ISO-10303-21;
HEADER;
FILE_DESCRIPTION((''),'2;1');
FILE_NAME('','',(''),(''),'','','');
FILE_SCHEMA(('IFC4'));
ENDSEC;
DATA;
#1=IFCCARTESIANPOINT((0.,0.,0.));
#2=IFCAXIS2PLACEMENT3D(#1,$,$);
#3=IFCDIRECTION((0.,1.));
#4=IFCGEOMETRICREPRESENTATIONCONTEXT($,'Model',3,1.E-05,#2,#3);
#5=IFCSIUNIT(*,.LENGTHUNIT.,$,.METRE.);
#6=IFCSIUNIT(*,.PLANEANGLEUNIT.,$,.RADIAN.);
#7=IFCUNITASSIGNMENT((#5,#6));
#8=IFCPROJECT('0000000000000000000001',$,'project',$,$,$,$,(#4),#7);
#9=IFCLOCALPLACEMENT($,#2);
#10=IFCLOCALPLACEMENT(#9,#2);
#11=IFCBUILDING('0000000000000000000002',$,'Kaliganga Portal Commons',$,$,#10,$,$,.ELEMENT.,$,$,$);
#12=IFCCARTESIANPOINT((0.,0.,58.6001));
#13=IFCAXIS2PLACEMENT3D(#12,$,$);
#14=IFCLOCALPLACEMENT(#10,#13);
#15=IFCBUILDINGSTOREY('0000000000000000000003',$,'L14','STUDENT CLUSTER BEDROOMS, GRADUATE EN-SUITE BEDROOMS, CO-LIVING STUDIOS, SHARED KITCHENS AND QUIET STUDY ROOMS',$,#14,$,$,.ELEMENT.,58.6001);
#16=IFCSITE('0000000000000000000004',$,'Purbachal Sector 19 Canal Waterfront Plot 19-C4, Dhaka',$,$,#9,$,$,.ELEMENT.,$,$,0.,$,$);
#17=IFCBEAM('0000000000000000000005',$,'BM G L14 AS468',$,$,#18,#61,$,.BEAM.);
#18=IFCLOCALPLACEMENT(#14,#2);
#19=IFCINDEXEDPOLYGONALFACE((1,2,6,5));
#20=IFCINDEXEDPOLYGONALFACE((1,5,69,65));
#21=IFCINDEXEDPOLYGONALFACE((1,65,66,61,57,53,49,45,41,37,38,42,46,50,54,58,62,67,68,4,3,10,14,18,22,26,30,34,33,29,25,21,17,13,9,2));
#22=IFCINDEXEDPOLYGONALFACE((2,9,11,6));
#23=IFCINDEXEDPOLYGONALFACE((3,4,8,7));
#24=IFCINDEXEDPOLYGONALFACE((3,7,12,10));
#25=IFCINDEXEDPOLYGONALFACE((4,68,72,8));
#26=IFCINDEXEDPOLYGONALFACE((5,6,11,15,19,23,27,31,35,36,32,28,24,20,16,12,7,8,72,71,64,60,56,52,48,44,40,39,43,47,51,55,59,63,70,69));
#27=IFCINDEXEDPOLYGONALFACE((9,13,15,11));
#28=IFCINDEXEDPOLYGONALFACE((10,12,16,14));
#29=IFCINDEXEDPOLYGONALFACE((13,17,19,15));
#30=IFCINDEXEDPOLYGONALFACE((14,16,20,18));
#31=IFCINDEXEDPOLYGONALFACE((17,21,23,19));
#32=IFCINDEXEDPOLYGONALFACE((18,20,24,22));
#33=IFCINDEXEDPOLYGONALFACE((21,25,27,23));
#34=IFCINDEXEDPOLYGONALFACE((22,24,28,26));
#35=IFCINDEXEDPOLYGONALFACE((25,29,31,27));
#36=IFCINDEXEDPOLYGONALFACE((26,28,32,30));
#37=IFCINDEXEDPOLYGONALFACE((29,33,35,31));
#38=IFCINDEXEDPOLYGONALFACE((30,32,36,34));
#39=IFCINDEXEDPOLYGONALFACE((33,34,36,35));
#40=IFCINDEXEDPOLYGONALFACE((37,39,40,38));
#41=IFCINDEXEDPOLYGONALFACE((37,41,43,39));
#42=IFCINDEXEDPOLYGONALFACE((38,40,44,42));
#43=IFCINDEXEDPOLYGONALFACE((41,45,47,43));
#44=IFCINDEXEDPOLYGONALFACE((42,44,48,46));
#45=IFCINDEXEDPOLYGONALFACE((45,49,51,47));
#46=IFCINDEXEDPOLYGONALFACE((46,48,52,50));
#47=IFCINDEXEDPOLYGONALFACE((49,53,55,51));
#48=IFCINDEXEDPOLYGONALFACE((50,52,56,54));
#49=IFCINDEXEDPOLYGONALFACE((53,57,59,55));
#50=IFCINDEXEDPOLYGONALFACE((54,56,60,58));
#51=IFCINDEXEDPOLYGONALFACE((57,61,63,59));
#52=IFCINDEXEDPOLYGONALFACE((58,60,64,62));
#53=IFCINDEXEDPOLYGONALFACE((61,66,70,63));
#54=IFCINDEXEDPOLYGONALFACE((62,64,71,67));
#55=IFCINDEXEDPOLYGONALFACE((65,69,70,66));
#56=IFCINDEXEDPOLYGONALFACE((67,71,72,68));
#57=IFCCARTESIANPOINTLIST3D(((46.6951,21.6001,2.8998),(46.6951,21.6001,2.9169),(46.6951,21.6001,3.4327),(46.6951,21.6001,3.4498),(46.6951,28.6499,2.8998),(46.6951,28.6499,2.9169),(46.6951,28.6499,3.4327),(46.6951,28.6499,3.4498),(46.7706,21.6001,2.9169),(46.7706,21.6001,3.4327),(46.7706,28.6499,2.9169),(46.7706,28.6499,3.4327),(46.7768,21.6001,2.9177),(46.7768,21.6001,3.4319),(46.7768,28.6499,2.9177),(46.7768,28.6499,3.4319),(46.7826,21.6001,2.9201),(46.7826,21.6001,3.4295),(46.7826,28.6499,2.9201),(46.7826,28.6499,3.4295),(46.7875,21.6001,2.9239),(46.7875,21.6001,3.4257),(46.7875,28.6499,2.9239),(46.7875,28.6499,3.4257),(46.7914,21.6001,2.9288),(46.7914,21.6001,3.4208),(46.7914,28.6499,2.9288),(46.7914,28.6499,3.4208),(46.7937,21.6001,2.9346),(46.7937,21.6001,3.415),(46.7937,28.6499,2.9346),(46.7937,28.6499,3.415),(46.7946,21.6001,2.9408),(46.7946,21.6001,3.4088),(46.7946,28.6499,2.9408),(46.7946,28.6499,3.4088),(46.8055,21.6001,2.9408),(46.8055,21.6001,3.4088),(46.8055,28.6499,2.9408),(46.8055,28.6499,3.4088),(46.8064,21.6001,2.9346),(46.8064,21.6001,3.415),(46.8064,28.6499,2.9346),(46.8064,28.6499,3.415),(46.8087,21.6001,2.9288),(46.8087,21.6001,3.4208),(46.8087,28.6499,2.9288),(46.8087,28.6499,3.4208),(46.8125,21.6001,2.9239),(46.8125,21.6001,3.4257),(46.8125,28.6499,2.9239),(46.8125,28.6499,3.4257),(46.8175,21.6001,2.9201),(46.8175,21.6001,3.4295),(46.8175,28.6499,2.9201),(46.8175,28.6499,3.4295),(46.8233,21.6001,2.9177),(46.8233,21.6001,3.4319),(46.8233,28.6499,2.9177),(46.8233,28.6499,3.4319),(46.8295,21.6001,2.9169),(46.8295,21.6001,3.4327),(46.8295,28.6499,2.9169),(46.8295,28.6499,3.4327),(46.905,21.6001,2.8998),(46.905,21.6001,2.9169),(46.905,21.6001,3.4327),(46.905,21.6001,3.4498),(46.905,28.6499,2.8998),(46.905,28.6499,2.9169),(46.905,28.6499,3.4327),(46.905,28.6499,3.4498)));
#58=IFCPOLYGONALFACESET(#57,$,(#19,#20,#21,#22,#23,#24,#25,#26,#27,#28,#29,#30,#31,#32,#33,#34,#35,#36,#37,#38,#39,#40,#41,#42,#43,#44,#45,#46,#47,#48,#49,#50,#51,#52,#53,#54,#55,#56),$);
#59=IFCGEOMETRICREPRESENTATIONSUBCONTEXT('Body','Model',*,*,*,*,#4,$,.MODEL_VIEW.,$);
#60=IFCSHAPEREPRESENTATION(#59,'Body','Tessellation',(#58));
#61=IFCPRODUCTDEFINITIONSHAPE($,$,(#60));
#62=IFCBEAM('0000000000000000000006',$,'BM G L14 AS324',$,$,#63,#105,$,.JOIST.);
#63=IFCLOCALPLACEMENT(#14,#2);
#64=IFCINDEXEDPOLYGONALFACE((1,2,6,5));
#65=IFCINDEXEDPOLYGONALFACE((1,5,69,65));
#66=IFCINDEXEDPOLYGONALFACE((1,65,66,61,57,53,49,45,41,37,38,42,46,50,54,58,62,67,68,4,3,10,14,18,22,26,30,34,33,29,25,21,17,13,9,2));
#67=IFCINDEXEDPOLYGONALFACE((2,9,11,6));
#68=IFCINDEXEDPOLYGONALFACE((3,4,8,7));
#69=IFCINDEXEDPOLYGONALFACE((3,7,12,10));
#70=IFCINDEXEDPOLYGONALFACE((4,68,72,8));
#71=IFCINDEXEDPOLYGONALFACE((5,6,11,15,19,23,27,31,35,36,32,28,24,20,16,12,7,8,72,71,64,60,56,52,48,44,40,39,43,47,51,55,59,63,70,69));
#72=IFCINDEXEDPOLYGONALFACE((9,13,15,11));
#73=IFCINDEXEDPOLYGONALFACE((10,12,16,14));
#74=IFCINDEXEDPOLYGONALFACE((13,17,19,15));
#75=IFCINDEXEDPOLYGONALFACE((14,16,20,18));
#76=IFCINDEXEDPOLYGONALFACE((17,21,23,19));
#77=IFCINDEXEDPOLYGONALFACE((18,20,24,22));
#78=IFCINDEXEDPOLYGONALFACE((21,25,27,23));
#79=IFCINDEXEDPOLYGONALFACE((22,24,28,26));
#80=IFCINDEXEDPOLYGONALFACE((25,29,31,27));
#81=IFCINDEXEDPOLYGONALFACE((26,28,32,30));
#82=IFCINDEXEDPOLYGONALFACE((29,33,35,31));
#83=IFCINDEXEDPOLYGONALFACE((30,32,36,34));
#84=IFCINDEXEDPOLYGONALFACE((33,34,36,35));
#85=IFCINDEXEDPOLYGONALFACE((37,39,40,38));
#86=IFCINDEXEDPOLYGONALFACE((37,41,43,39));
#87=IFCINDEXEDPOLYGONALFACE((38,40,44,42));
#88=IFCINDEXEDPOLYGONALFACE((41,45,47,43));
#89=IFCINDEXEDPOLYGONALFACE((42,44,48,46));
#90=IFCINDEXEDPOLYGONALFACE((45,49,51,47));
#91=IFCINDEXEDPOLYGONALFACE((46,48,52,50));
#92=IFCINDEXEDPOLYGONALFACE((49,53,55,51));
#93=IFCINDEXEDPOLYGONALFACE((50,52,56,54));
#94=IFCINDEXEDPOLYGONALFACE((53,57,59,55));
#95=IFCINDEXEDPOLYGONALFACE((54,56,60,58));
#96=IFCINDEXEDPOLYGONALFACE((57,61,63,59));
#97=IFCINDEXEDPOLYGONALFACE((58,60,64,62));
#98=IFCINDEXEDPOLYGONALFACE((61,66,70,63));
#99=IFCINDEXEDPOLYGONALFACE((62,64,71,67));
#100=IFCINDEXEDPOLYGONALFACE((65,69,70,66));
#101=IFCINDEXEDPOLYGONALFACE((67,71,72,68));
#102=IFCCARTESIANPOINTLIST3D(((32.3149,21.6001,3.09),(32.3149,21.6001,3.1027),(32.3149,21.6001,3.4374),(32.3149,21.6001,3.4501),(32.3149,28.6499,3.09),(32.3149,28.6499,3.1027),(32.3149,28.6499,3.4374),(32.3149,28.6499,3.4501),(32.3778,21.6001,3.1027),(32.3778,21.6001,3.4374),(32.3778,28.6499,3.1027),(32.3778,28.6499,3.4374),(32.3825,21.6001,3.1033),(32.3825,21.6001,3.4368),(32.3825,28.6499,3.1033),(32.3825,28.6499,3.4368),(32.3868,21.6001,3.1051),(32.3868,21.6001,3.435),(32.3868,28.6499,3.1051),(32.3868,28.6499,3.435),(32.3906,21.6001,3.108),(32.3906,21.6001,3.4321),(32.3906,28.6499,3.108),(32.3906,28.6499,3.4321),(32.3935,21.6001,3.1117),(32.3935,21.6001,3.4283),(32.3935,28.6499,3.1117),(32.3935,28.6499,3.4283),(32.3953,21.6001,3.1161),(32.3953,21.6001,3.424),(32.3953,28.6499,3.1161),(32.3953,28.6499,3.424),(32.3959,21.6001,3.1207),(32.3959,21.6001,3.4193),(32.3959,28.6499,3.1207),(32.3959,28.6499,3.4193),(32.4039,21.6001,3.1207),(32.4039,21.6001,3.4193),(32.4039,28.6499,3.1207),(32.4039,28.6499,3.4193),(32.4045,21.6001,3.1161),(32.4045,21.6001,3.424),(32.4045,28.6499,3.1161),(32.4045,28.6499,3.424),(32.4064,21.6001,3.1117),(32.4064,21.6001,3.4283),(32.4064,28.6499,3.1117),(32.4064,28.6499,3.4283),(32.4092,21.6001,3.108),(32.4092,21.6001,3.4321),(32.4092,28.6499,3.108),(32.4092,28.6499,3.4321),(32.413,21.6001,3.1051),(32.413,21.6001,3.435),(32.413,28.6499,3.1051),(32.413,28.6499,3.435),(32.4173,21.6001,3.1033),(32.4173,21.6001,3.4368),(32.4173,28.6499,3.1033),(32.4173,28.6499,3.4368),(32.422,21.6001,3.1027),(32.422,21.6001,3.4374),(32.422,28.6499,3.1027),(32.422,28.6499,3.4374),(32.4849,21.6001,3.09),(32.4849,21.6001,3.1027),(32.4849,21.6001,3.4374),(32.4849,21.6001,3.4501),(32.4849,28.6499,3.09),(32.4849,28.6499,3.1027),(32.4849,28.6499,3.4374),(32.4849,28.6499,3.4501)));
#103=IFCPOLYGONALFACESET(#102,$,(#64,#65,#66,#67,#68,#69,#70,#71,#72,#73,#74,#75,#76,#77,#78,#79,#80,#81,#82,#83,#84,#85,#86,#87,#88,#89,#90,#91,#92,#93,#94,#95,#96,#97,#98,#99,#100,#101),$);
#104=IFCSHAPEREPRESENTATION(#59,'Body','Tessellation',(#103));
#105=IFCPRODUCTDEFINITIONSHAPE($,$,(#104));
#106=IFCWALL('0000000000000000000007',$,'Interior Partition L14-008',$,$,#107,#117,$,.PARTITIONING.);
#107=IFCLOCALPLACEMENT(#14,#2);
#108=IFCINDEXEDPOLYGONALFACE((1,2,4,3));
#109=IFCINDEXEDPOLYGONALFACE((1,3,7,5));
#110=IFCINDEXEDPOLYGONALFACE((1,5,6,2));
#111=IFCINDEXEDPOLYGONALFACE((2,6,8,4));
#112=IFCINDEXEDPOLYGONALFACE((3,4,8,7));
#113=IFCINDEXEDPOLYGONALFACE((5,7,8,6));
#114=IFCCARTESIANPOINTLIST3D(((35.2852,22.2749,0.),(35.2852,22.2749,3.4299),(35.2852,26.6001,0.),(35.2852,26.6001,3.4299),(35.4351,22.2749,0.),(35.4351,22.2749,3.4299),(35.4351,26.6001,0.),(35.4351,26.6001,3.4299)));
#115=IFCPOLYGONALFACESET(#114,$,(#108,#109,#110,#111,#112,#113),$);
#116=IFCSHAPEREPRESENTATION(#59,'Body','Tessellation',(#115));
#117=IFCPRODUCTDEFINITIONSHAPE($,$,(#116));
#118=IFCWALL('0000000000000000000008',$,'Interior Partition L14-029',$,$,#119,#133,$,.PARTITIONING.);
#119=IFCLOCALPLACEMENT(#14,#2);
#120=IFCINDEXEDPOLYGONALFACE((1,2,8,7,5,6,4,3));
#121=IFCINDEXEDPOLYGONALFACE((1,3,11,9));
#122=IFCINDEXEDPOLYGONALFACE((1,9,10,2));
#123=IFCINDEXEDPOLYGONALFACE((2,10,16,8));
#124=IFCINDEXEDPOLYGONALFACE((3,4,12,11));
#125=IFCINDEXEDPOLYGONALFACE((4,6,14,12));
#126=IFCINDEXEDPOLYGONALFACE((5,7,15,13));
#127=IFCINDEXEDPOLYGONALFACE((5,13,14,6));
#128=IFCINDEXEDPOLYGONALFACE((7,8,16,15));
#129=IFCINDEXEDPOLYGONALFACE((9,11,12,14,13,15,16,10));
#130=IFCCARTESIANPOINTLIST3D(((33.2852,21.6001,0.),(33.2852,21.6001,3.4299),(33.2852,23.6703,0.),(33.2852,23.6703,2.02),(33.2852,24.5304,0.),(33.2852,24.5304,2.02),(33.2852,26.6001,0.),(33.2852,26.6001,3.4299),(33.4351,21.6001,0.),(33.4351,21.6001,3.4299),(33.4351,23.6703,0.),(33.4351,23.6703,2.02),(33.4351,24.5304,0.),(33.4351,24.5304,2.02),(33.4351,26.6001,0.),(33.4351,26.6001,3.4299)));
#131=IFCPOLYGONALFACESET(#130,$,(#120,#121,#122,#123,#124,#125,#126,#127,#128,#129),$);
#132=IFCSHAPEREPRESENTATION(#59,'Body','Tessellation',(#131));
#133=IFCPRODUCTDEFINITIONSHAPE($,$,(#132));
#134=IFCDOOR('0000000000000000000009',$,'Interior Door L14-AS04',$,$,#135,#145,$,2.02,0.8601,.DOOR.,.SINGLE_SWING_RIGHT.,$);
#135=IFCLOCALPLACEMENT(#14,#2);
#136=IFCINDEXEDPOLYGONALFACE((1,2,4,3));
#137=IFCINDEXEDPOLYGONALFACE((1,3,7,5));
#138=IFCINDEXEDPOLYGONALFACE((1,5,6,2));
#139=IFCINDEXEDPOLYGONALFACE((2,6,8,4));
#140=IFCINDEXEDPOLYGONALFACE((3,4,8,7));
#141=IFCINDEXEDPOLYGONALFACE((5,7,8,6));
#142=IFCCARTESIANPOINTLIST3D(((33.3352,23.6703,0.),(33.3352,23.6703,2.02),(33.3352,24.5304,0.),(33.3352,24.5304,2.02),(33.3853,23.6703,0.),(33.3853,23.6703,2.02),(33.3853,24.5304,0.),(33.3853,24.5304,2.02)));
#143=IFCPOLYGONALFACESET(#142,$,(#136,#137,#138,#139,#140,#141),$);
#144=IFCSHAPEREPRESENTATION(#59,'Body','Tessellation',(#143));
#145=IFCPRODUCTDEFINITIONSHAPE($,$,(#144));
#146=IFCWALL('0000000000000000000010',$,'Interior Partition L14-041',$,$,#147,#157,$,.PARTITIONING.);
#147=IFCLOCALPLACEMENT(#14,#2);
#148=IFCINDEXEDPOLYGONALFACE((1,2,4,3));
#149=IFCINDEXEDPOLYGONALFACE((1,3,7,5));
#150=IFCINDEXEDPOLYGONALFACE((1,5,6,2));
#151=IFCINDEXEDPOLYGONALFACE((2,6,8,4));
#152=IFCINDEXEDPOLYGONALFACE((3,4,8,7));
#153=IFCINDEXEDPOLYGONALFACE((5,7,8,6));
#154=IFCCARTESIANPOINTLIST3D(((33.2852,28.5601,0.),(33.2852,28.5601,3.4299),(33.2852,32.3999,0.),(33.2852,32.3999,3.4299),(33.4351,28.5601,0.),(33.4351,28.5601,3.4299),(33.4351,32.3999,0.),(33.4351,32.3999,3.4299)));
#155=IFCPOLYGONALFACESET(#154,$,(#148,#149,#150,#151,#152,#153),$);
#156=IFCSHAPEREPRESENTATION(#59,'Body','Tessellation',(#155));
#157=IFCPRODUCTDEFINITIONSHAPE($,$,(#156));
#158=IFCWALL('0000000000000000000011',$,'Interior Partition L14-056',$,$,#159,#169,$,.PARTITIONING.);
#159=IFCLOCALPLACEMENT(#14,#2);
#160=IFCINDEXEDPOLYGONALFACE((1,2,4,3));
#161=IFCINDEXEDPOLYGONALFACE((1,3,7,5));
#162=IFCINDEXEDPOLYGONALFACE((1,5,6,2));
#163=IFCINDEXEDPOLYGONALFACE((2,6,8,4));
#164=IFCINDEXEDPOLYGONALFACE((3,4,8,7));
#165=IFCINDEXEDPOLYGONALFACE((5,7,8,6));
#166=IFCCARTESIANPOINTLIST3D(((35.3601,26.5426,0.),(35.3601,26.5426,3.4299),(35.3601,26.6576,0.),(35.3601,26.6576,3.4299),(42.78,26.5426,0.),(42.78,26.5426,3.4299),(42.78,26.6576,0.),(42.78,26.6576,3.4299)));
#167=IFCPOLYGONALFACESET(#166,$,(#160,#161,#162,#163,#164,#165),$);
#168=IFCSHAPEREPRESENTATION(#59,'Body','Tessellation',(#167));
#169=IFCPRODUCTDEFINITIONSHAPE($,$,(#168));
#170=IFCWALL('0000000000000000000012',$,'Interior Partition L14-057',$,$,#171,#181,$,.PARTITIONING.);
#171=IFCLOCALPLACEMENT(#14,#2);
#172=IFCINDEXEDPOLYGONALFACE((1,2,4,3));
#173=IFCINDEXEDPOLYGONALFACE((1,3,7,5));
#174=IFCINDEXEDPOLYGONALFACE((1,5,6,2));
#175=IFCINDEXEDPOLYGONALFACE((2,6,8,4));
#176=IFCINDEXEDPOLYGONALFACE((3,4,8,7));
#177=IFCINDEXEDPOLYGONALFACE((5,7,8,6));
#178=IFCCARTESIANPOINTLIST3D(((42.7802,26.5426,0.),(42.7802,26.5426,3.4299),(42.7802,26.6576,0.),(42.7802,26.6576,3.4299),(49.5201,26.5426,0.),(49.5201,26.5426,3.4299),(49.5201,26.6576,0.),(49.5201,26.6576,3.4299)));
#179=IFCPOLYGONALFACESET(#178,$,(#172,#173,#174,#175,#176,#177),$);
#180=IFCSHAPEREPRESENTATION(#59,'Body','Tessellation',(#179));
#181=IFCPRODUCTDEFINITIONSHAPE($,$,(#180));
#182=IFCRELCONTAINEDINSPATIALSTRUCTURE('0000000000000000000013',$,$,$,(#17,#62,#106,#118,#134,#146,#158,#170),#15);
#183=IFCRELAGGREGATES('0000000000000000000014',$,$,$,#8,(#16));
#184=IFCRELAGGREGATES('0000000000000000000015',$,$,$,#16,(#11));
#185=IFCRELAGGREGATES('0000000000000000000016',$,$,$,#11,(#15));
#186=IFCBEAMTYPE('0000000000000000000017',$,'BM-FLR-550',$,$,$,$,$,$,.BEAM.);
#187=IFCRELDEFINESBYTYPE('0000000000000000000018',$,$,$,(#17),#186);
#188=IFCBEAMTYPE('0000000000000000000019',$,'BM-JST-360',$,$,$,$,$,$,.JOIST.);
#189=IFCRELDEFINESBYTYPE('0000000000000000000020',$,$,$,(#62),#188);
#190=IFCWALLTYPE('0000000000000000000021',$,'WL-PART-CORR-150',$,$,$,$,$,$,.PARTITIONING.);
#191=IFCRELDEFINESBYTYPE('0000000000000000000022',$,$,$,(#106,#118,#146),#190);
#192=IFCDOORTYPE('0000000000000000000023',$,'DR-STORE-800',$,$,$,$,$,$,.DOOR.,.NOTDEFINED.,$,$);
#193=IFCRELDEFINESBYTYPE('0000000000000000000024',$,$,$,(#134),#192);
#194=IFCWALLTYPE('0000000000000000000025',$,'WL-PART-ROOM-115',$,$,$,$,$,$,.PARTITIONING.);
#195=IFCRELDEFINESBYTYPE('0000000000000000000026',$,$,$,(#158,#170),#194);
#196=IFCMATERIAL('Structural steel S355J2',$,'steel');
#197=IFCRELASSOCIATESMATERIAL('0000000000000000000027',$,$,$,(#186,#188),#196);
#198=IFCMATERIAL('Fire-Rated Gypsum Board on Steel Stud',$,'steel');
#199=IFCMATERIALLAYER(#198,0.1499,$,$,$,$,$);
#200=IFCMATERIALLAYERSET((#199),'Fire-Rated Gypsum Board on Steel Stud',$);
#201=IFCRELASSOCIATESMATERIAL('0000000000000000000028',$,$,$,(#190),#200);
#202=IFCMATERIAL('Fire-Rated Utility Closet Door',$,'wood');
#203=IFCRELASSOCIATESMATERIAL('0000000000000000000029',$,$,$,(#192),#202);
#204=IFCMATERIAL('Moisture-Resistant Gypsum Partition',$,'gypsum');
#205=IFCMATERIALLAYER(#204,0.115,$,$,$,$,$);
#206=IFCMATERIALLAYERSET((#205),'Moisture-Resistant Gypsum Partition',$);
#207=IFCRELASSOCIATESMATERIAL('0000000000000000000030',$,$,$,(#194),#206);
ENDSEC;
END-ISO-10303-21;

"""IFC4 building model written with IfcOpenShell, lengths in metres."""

from ifc_helpers import new_model, si_unit, direction, frame, frame_2d, origin, origin_2d, place, context, subcontext, project, spatial, rectangle, i_section, extrude, source, transform, mapped, material, layer, layer_set, material_profile, profile_set, type_object, element, fill, save


model = new_model("IFC4")

# Units and contexts
model_context = context("Model", 3, precision=1e-05, world=origin(), true_north=direction((0.0, 1.0)))
body_context = subcontext(model_context, "Body", "Model", "MODEL_VIEW")
ifc_project = project(units=[si_unit("LENGTHUNIT", "METRE"), si_unit("PLANEANGLEUNIT", "RADIAN")], contexts=[model_context])

# Site, building, storey
site_placement = place(None, origin())
site = spatial("IfcSite", under=ifc_project, at=site_placement, Name="Purbachal Sector 19 Canal Waterfront Plot 19-C4, Dhaka", CompositionType="ELEMENT", RefElevation=0.0)
building_placement = place(site_placement, origin())
building = spatial("IfcBuilding", under=site, at=building_placement, Name="Kaliganga Portal Commons", CompositionType="ELEMENT")
storey_placement = place(building_placement, frame((0.0, 0.0, 58.6001)))
storey = spatial("IfcBuildingStorey", under=building, at=storey_placement, Name="L14", Description="STUDENT CLUSTER BEDROOMS, GRADUATE EN-SUITE BEDROOMS, CO-LIVING STUDIOS, SHARED KITCHENS AND QUIET STUDY ROOMS", CompositionType="ELEMENT", Elevation=58.6001)

# Beams
ifc_material_1 = material(Name="Structural steel S355J2", Category="steel")
ifc_material_profile_1 = material_profile(ifc_material_1, i_section(OverallWidth=0.21, OverallDepth=0.55, WebThickness=0.011, FlangeThickness=0.0171, FilletRadius=0.0239, at=origin_2d()), Name="IPE 550")
ifc_profile_set_1 = profile_set([ifc_material_profile_1], Name="Structural steel S355J2 wide-flange")
beam_type_1 = type_object("IfcBeamType", Name="BM-FLR-550", PredefinedType="BEAM", material=ifc_profile_set_1)
shared_shape_1 = source(origin(), body_context, "Body", "SweptSolid", [
    extrude(i_section(OverallWidth=0.21, OverallDepth=0.55, WebThickness=0.011, FlangeThickness=0.0171, FilletRadius=0.0239, at=origin_2d()), origin(), (0.0, 0.0, 1.0), 7.0498),
])
for number, where, z_axis, x_axis, name in (
    (1, (46.8, 21.6001, 3.1748), (0.0, 1.0, 0.0), (-1.0, 0.0, 0.0), "BM G L14 AS468"),
):
    element("IfcBeam", number, at=place(storey_placement, frame(where, z_axis=z_axis, x_axis=x_axis)), inside=storey, type_object=beam_type_1, Name=name, PredefinedType="BEAM", context=body_context, shape_type="MappedRepresentation", body=[
        mapped(shared_shape_1, transform((0.0, 0.0, 0.0), x_axis=(1.0, 0.0, 0.0), y_axis=(0.0, 1.0, 0.0), z_axis=(0.0, 0.0, 1.0), scale=1.0)),
    ])
ifc_material_profile_2 = material_profile(ifc_material_1, i_section(OverallWidth=0.1699, OverallDepth=0.3601, WebThickness=0.0081, FlangeThickness=0.0127, FilletRadius=0.0181, at=origin_2d()), Name="IPE 360")
ifc_profile_set_2 = profile_set([ifc_material_profile_2], Name="Structural steel S355J2 wide-flange")
beam_type_2 = type_object("IfcBeamType", Name="BM-JST-360", PredefinedType="JOIST", material=ifc_profile_set_2)
shared_shape_2 = source(origin(), body_context, "Body", "SweptSolid", [
    extrude(i_section(OverallWidth=0.1699, OverallDepth=0.3601, WebThickness=0.0081, FlangeThickness=0.0127, FilletRadius=0.0181, at=origin_2d()), origin(), (0.0, 0.0, 1.0), 7.0498),
])
beam_1_placement = place(storey_placement, frame((32.3999, 21.6001, 3.27), z_axis=(0.0, 1.0, 0.0), x_axis=(-1.0, 0.0, 0.0)))
element("IfcBeam", 2, at=beam_1_placement, inside=storey, type_object=beam_type_2, Name="BM G L14 AS324", PredefinedType="JOIST", context=body_context, shape_type="MappedRepresentation", body=[
    mapped(shared_shape_2, transform((0.0, 0.0, 0.0), x_axis=(1.0, 0.0, 0.0), y_axis=(0.0, 1.0, 0.0), z_axis=(0.0, 0.0, 1.0), scale=1.0)),
])

# Wall
ifc_material_2 = material(Name="Fire-Rated Gypsum Board on Steel Stud", Category="steel")
ifc_layer_1 = layer(ifc_material_2, 0.1499)
ifc_layer_set_1 = layer_set([ifc_layer_1], Name="Fire-Rated Gypsum Board on Steel Stud")
wall_type_1 = type_object("IfcWallType", Name="WL-PART-CORR-150", PredefinedType="PARTITIONING", material=ifc_layer_set_1)
wall_1_placement = place(storey_placement, frame((35.3601, 22.2749, 0.0), z_axis=(0.0, 0.0, 1.0), x_axis=(0.0, 1.0, 0.0)))
element("IfcWall", 3, at=wall_1_placement, inside=storey, type_object=wall_type_1, Name="Interior Partition L14-008", PredefinedType="PARTITIONING", context=body_context, shape_type="SweptSolid", body=[
    extrude(rectangle(XDim=4.3252, YDim=0.1499, at=frame_2d((2.1626, 0.0))), origin(), (0.0, 0.0, 1.0), 3.4299),
])

# Wall, opening, door
wall_2_placement = place(storey_placement, frame((33.3601, 21.6001, 0.0), z_axis=(0.0, 0.0, 1.0), x_axis=(0.0, 1.0, 0.0)))
wall_2 = element("IfcWall", 4, at=wall_2_placement, inside=storey, type_object=wall_type_1, Name="Interior Partition L14-029", PredefinedType="PARTITIONING", context=body_context, shape_type="SweptSolid", body=[
    extrude(rectangle(XDim=5.0, YDim=0.1499, at=frame_2d((2.5, 0.0))), origin(), (0.0, 0.0, 1.0), 3.4299),
])
opening_placement = place(wall_2_placement, frame((2.0701, 0.0, 0.0)))
opening = element("IfcOpeningElement", 5, at=opening_placement, cuts=wall_2, PredefinedType="OPENING", context=body_context, shape_type="SweptSolid", body=[
    extrude(rectangle(XDim=0.8601, YDim=2.02, at=frame_2d((0.4302, 1.01))), frame((0.0, 0.085, 0.0), z_axis=(0.0, -1.0, 0.0), x_axis=(1.0, 0.0, 0.0)), (0.0, 0.0, 1.0), 0.1699),
])
ifc_material_3 = material(Name="Fire-Rated Utility Closet Door", Category="wood")
door_type = type_object("IfcDoorType", Name="DR-STORE-800", OperationType="NOTDEFINED", PredefinedType="DOOR", material=ifc_material_3)
door_placement = place(opening_placement, origin())
door = element("IfcDoor", 6, at=door_placement, inside=storey, type_object=door_type, Name="Interior Door L14-AS04", OperationType="SINGLE_SWING_RIGHT", OverallHeight=2.02, OverallWidth=0.8601, PredefinedType="DOOR", context=body_context, shape_type="SweptSolid", body=[
    extrude(rectangle(XDim=0.8601, YDim=2.02, at=frame_2d((0.4302, 1.01))), frame((0.0, 0.0249, 0.0), z_axis=(0.0, -1.0, 0.0), x_axis=(1.0, 0.0, 0.0)), (0.0, 0.0, 1.0), 0.05),
])
fill(opening, door)

# Walls
wall_3_placement = place(storey_placement, frame((33.3601, 28.5601, 0.0), z_axis=(0.0, 0.0, 1.0), x_axis=(0.0, 1.0, 0.0)))
element("IfcWall", 7, at=wall_3_placement, inside=storey, type_object=wall_type_1, Name="Interior Partition L14-041", PredefinedType="PARTITIONING", context=body_context, shape_type="SweptSolid", body=[
    extrude(rectangle(XDim=3.8398, YDim=0.1499, at=frame_2d((1.9199, 0.0))), origin(), (0.0, 0.0, 1.0), 3.4299),
])
ifc_material_4 = material(Name="Moisture-Resistant Gypsum Partition", Category="gypsum")
ifc_layer_2 = layer(ifc_material_4, 0.115)
ifc_layer_set_2 = layer_set([ifc_layer_2], Name="Moisture-Resistant Gypsum Partition")
wall_type_2 = type_object("IfcWallType", Name="WL-PART-ROOM-115", PredefinedType="PARTITIONING", material=ifc_layer_set_2)
wall_4_placement = place(storey_placement, frame((35.3601, 26.6001, 0.0), z_axis=(0.0, 0.0, 1.0), x_axis=(1.0, 0.0, 0.0)))
element("IfcWall", 8, at=wall_4_placement, inside=storey, type_object=wall_type_2, Name="Interior Partition L14-056", PredefinedType="PARTITIONING", context=body_context, shape_type="SweptSolid", body=[
    extrude(rectangle(XDim=7.4199, YDim=0.115, at=frame_2d((3.71, 0.0))), origin(), (0.0, 0.0, 1.0), 3.4299),
])
wall_5_placement = place(storey_placement, frame((42.78, 26.6001, 0.0), z_axis=(0.0, 0.0, 1.0), x_axis=(1.0, 0.0, 0.0)))
element("IfcWall", 9, at=wall_5_placement, inside=storey, type_object=wall_type_2, Name="Interior Partition L14-057", PredefinedType="PARTITIONING", context=body_context, shape_type="SweptSolid", body=[
    extrude(rectangle(XDim=6.74, YDim=0.115, at=frame_2d((3.3701, 0.0))), origin(), (0.0, 0.0, 1.0), 3.4299),
])

save(model, "model.ifc")
